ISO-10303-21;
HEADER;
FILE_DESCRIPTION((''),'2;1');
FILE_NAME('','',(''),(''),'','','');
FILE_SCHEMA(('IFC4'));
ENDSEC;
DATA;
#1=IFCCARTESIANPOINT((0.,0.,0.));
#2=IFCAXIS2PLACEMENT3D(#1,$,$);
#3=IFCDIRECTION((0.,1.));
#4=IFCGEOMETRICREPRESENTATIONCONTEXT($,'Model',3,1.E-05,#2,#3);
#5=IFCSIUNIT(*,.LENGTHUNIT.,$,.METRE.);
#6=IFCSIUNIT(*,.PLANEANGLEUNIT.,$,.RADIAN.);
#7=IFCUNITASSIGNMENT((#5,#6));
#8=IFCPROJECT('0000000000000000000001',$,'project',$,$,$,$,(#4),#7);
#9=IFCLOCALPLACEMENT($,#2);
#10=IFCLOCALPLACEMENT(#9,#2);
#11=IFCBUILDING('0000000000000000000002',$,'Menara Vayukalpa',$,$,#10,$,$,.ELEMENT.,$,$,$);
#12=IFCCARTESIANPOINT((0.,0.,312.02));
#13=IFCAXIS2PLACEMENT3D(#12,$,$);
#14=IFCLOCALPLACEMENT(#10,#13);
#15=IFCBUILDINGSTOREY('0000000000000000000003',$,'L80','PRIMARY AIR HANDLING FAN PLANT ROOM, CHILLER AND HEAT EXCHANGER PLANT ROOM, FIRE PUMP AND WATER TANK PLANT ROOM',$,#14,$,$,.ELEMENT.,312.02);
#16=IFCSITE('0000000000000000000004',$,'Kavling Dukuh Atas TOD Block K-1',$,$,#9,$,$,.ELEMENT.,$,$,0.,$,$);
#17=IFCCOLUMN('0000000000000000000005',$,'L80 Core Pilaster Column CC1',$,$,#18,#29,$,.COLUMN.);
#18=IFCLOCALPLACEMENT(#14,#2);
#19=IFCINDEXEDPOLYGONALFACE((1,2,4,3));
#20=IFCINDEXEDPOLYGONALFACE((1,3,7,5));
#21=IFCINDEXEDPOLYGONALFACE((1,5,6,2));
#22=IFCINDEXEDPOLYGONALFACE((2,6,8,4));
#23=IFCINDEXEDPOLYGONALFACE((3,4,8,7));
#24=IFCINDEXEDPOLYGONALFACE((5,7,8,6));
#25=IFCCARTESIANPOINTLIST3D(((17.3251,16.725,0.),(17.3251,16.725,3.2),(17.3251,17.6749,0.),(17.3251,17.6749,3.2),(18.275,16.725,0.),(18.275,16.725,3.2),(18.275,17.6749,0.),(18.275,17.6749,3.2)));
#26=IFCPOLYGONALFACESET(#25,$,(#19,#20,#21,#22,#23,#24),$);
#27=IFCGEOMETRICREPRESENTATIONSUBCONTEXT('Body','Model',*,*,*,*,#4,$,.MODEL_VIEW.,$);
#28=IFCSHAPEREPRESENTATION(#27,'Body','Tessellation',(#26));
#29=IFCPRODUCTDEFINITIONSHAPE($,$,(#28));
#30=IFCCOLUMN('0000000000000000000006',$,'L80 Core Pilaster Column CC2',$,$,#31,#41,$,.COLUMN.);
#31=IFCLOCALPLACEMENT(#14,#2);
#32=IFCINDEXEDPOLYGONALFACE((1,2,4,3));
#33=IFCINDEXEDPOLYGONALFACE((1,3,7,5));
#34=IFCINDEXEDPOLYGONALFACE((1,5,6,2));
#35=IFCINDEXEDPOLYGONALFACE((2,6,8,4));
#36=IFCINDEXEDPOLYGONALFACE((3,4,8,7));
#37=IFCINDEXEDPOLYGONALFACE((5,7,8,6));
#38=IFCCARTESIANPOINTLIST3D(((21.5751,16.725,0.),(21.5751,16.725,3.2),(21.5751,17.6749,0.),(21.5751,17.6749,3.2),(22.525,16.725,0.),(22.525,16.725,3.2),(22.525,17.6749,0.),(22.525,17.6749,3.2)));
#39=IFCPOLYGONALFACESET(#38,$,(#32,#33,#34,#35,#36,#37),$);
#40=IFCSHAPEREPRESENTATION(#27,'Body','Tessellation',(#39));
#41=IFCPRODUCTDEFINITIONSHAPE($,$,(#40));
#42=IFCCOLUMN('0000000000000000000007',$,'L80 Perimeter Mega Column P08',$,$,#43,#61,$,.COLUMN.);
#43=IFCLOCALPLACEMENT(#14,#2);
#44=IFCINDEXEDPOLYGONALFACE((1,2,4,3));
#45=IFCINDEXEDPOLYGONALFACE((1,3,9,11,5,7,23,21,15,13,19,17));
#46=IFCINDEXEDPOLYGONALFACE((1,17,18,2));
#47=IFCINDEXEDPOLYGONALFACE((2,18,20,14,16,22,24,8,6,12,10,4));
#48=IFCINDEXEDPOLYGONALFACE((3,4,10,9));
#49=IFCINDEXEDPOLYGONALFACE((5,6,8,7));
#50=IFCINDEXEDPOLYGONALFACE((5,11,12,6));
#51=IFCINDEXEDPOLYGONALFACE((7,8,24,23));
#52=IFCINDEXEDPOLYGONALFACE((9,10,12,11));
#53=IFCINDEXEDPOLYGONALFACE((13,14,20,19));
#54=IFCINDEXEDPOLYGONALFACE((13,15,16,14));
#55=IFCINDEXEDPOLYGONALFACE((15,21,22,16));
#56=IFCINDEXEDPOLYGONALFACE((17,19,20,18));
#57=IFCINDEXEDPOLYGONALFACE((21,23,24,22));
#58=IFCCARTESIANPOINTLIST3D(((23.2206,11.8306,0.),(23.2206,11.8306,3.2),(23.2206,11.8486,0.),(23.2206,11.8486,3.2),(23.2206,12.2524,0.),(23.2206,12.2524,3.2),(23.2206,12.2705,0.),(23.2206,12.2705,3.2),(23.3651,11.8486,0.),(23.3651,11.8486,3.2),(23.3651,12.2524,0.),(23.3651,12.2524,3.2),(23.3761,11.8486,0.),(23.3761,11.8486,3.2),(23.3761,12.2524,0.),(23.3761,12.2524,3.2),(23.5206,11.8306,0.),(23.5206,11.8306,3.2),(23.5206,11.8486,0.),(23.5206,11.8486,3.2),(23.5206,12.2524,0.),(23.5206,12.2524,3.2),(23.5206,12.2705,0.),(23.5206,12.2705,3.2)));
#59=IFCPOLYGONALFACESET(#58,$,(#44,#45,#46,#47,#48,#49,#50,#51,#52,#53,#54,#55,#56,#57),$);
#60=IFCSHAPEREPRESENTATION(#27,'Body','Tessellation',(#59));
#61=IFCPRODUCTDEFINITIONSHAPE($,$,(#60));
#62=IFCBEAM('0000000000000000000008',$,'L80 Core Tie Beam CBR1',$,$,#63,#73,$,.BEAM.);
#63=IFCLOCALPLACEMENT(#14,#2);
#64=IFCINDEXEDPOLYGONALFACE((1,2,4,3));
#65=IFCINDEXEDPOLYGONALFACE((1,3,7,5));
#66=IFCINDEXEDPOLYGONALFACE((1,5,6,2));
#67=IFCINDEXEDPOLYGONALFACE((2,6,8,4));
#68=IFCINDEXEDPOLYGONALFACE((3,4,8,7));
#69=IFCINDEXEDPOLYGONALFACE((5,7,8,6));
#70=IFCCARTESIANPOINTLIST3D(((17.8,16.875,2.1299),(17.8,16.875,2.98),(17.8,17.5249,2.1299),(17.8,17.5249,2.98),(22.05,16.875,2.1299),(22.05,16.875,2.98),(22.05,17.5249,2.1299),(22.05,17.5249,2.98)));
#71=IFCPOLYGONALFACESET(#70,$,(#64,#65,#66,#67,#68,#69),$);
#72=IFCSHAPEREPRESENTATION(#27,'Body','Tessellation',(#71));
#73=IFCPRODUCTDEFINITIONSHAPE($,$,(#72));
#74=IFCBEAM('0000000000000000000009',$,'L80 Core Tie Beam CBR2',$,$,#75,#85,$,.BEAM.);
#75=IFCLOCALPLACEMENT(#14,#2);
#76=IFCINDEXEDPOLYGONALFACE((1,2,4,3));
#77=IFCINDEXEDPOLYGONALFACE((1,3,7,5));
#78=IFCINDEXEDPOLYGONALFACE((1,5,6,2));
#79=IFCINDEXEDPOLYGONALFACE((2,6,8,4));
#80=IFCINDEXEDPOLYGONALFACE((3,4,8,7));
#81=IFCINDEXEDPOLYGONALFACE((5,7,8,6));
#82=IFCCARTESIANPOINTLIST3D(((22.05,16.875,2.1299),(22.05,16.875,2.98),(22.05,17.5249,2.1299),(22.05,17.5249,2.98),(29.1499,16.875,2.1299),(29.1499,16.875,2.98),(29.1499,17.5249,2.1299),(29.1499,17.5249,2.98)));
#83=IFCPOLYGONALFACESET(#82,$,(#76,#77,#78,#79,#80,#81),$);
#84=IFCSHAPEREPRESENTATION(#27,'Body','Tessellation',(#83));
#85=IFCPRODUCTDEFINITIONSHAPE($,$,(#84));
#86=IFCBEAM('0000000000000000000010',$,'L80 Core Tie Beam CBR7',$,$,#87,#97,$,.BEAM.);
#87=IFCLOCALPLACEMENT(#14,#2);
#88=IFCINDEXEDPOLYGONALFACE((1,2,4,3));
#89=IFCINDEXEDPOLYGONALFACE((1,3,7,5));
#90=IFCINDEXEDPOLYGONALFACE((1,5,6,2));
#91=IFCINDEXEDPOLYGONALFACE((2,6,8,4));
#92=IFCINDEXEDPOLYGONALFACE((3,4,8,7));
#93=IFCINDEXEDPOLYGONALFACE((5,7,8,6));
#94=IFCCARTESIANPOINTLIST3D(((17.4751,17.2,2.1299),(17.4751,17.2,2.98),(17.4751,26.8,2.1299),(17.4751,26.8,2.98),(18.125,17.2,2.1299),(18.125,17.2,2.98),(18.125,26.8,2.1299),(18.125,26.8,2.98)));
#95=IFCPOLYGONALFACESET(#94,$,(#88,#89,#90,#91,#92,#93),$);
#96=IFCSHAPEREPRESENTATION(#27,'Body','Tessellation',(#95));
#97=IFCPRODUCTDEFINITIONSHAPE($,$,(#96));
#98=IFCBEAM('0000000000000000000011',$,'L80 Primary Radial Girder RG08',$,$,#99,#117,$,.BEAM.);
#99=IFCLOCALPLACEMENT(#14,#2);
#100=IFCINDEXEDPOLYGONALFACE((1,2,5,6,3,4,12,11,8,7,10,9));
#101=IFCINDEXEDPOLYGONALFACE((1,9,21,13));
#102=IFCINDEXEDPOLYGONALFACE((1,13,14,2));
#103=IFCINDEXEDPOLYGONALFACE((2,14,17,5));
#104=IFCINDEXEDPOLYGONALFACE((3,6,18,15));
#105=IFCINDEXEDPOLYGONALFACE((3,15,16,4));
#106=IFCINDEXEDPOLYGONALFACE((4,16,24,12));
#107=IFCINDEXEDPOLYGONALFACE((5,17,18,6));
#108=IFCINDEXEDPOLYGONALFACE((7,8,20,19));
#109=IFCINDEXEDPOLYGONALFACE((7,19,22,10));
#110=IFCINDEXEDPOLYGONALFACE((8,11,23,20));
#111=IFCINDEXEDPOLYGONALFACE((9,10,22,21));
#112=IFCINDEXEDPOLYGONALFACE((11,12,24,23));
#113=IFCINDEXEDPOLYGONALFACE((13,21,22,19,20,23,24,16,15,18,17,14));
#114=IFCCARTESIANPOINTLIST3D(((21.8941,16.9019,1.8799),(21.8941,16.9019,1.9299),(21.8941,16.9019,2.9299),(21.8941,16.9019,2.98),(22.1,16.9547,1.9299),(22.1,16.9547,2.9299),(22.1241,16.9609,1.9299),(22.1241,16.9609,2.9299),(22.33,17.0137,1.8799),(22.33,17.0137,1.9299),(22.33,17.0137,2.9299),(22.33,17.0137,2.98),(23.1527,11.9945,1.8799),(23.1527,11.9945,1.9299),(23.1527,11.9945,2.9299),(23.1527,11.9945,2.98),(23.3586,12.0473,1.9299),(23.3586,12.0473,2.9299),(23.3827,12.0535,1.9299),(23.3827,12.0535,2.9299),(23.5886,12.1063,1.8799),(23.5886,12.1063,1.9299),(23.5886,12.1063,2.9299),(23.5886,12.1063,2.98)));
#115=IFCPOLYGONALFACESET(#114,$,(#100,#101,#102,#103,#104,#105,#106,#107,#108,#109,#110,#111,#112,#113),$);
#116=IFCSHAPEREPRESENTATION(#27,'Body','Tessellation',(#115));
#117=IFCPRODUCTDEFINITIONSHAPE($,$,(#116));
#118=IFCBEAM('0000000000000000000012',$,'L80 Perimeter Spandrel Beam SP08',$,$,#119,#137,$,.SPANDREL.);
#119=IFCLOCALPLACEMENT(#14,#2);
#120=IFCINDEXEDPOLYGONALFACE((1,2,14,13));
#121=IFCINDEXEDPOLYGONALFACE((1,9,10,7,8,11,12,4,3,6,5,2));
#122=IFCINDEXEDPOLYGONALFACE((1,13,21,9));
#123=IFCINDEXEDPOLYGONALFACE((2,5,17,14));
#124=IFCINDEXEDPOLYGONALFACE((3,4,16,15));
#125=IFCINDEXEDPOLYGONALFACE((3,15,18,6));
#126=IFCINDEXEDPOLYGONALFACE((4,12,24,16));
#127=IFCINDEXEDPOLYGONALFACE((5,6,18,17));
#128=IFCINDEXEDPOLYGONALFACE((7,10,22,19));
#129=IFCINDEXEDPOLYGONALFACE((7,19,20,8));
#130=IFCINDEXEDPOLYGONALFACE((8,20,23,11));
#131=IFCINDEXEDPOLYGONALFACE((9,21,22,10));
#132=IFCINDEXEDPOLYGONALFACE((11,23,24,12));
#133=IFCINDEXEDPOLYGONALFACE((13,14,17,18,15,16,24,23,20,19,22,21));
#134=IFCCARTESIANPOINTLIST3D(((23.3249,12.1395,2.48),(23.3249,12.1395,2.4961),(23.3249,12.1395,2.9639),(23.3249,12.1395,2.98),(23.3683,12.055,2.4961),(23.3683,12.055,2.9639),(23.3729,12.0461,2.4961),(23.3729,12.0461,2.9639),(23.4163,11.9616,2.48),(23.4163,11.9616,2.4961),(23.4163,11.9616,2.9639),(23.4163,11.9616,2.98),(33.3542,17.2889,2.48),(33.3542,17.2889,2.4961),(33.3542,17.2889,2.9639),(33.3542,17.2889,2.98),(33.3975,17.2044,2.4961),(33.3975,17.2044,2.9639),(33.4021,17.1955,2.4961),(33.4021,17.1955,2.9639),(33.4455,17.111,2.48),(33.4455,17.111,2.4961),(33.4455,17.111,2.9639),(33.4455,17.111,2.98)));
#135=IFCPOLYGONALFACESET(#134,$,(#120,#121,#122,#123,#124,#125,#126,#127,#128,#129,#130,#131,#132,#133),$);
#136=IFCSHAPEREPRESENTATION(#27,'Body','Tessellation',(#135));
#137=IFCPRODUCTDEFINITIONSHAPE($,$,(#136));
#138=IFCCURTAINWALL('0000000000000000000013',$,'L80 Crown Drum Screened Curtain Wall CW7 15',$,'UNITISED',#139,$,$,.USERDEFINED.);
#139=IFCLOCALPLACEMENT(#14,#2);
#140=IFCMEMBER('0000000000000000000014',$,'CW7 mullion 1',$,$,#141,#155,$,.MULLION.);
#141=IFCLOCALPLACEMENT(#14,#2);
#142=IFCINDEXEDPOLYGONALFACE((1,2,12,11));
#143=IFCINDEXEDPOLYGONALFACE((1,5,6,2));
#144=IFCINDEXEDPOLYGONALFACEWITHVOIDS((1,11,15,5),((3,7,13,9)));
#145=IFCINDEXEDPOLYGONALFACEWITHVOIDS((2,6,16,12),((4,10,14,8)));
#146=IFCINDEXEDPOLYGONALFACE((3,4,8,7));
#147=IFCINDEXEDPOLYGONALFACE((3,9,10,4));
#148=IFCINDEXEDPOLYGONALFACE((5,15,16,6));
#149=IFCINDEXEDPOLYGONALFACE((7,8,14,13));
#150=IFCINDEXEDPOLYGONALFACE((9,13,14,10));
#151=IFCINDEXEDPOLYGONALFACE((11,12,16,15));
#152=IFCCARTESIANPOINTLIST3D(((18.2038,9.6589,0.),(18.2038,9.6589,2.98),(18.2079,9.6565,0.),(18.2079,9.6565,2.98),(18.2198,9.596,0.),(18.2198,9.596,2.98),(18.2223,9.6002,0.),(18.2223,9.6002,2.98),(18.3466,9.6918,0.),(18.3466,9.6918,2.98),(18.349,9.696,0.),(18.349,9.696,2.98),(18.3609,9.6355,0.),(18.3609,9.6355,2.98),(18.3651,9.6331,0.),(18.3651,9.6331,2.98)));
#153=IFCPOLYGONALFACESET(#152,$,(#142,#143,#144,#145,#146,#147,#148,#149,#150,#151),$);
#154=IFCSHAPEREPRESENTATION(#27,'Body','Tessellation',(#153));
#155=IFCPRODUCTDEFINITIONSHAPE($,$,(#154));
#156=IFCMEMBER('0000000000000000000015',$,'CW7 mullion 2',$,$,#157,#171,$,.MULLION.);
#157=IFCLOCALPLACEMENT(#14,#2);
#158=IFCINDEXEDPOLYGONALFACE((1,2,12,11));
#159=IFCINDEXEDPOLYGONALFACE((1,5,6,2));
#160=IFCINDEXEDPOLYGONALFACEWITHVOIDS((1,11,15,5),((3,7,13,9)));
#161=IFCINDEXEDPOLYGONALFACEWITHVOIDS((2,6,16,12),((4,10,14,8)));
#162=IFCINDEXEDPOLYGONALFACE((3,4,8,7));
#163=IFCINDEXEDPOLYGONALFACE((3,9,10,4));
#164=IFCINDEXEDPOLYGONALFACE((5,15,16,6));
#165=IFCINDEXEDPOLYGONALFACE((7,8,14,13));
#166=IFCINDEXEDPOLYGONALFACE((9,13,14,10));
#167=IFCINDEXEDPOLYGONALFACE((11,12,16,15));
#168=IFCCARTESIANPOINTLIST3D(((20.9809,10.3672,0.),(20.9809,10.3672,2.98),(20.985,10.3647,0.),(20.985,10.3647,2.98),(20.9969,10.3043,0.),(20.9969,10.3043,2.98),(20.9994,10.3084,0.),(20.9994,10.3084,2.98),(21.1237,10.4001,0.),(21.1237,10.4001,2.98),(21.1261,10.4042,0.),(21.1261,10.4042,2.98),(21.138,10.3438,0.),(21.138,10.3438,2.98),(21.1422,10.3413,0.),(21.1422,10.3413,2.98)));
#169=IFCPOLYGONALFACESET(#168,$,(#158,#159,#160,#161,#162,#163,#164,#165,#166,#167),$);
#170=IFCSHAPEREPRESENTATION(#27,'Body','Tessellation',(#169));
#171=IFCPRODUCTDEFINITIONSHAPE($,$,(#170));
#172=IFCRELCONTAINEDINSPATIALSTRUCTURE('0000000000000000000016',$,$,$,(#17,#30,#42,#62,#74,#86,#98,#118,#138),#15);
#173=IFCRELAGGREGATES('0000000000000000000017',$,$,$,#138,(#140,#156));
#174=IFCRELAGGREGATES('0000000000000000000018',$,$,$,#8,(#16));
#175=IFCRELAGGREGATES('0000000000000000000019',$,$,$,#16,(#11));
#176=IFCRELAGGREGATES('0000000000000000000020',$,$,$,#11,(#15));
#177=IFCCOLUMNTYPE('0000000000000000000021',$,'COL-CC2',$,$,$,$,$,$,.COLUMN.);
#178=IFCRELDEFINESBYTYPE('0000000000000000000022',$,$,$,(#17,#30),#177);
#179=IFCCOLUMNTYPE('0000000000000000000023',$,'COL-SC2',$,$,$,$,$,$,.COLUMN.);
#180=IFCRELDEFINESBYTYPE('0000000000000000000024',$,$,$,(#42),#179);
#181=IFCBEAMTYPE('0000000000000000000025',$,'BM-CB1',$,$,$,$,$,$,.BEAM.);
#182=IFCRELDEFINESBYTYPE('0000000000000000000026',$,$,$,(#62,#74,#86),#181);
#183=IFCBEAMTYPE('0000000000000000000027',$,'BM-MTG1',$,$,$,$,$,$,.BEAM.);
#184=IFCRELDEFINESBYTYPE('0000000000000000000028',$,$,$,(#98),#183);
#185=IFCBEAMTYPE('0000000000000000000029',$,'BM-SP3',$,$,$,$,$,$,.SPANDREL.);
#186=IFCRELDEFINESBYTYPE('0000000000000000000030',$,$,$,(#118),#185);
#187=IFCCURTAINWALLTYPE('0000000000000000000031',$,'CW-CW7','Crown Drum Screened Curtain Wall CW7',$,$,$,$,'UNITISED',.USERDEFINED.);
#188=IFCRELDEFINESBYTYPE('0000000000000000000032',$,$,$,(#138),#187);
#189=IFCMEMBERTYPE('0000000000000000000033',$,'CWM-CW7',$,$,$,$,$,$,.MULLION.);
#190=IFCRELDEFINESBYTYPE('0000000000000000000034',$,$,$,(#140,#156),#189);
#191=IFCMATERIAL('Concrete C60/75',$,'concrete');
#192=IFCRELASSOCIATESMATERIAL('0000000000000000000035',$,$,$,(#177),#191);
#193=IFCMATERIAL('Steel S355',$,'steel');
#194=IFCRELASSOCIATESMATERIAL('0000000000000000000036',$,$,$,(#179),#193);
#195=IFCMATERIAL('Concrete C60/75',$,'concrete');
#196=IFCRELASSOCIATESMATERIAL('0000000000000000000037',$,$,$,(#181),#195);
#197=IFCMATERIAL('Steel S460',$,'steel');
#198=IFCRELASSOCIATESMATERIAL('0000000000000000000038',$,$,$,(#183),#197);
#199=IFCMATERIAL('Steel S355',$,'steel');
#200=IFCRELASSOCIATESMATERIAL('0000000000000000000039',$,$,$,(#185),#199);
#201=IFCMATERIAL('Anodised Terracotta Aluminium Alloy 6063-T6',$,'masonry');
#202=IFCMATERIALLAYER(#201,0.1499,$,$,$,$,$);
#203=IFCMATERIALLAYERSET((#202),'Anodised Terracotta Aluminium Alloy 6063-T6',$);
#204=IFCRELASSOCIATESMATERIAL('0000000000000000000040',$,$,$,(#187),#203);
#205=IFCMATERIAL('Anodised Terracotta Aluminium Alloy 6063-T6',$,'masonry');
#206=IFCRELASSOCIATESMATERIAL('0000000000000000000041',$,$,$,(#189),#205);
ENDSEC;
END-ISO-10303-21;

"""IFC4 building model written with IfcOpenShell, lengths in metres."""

from ifc_helpers import new_model, si_unit, direction, frame, origin, origin_2d, place, context, subcontext, project, spatial, rectangle, hollow_rectangle, i_section, extrude, material, layer, layer_set, material_profile, profile_set, type_object, element, aggregate, save


model = new_model("IFC4")

# Units and contexts
model_context = context("Model", 3, precision=1e-05, world=origin(), true_north=direction((0.0, 1.0)))
body_context = subcontext(model_context, "Body", "Model", "MODEL_VIEW")
ifc_project = project(units=[si_unit("LENGTHUNIT", "METRE"), si_unit("PLANEANGLEUNIT", "RADIAN")], contexts=[model_context])

# Site, building, storey
site_placement = place(None, origin())
site = spatial("IfcSite", under=ifc_project, at=site_placement, Name="Kavling Dukuh Atas TOD Block K-1", CompositionType="ELEMENT", RefElevation=0.0)
building_placement = place(site_placement, origin())
building = spatial("IfcBuilding", under=site, at=building_placement, Name="Menara Vayukalpa", CompositionType="ELEMENT")
storey_placement = place(building_placement, frame((0.0, 0.0, 312.02)))
storey = spatial("IfcBuildingStorey", under=building, at=storey_placement, Name="L80", Description="PRIMARY AIR HANDLING FAN PLANT ROOM, CHILLER AND HEAT EXCHANGER PLANT ROOM, FIRE PUMP AND WATER TANK PLANT ROOM", CompositionType="ELEMENT", Elevation=312.02)

# Columns
ifc_material_1 = material(Name="Concrete C60/75", Category="concrete")
ifc_material_profile_1 = material_profile(ifc_material_1, rectangle(XDim=0.95, YDim=0.95, at=origin_2d()), Name="RC 950x950")
ifc_profile_set_1 = profile_set([ifc_material_profile_1], Name="Concrete C60/75")
column_type_1 = type_object("IfcColumnType", Name="COL-CC2", PredefinedType="COLUMN", material=ifc_profile_set_1)
for number, where, z_axis, x_axis, name in (
    (1, (17.8, 17.2, 0.0), (0.0, 0.0, 1.0), (1.0, 0.0, 0.0), "L80 Core Pilaster Column CC1"),
    (2, (22.05, 17.2, 0.0), (0.0, 0.0, 1.0), (1.0, 0.0, 0.0), "L80 Core Pilaster Column CC2"),
):
    element("IfcColumn", number, at=place(storey_placement, frame(where, z_axis=z_axis, x_axis=x_axis)), inside=storey, type_object=column_type_1, Name=name, PredefinedType="COLUMN", context=body_context, shape_type="SweptSolid", body=[
        extrude(rectangle(XDim=0.95, YDim=0.95, at=origin_2d()), origin(), (0.0, 0.0, 1.0), 3.2),
    ])
ifc_material_2 = material(Name="Steel S355", Category="steel")
ifc_material_profile_2 = material_profile(ifc_material_2, i_section(OverallWidth=0.3, OverallDepth=0.4399, WebThickness=0.011, FlangeThickness=0.0181, at=origin_2d()), Name="H 440x300x11x18")
ifc_profile_set_2 = profile_set([ifc_material_profile_2], Name="Steel S355")
column_type_2 = type_object("IfcColumnType", Name="COL-SC2", PredefinedType="COLUMN", material=ifc_profile_set_2)
column_placement = place(storey_placement, frame((23.3706, 12.0505, 0.0), z_axis=(0.0, 0.0, 1.0), x_axis=(1.0, 0.0, 0.0)))
element("IfcColumn", 3, at=column_placement, inside=storey, type_object=column_type_2, Name="L80 Perimeter Mega Column P08", PredefinedType="COLUMN", context=body_context, shape_type="SweptSolid", body=[
    extrude(i_section(OverallWidth=0.3, OverallDepth=0.4399, WebThickness=0.011, FlangeThickness=0.0181, at=origin_2d()), origin(), (0.0, 0.0, 1.0), 3.2),
])

# Beams
ifc_material_3 = material(Name="Concrete C60/75", Category="concrete")
ifc_material_profile_3 = material_profile(ifc_material_3, rectangle(XDim=0.6499, YDim=0.8501, at=origin_2d()), Name="RC 650x850")
ifc_profile_set_3 = profile_set([ifc_material_profile_3], Name="Concrete C60/75")
beam_type_1 = type_object("IfcBeamType", Name="BM-CB1", PredefinedType="BEAM", material=ifc_profile_set_3)
beam_1_placement = place(storey_placement, frame((17.8, 17.2, 2.5549), z_axis=(1.0, 0.0, 0.0), x_axis=(0.0, 1.0, 0.0)))
element("IfcBeam", 4, at=beam_1_placement, inside=storey, type_object=beam_type_1, Name="L80 Core Tie Beam CBR1", PredefinedType="BEAM", context=body_context, shape_type="SweptSolid", body=[
    extrude(rectangle(XDim=0.6499, YDim=0.8501, at=origin_2d()), origin(), (0.0, 0.0, 1.0), 4.25),
])
beam_2_placement = place(storey_placement, frame((22.05, 17.2, 2.5549), z_axis=(1.0, 0.0, 0.0), x_axis=(0.0, 1.0, 0.0)))
element("IfcBeam", 5, at=beam_2_placement, inside=storey, type_object=beam_type_1, Name="L80 Core Tie Beam CBR2", PredefinedType="BEAM", context=body_context, shape_type="SweptSolid", body=[
    extrude(rectangle(XDim=0.6499, YDim=0.8501, at=origin_2d()), origin(), (0.0, 0.0, 1.0), 7.0999),
])
beam_3_placement = place(storey_placement, frame((17.8, 17.2, 2.5549), z_axis=(0.0, 1.0, 0.0), x_axis=(-1.0, 0.0, 0.0)))
element("IfcBeam", 6, at=beam_3_placement, inside=storey, type_object=beam_type_1, Name="L80 Core Tie Beam CBR7", PredefinedType="BEAM", context=body_context, shape_type="SweptSolid", body=[
    extrude(rectangle(XDim=0.6499, YDim=0.8501, at=origin_2d()), origin(), (0.0, 0.0, 1.0), 9.6001),
])
ifc_material_4 = material(Name="Steel S460", Category="steel")
ifc_material_profile_4 = material_profile(ifc_material_4, i_section(OverallWidth=0.45, OverallDepth=1.1001, WebThickness=0.0249, FlangeThickness=0.05, at=origin_2d()), Name="WG 1100x450x25x50")
ifc_profile_set_4 = profile_set([ifc_material_profile_4], Name="Steel S460")
beam_type_2 = type_object("IfcBeamType", Name="BM-MTG1", PredefinedType="BEAM", material=ifc_profile_set_4)
beam_4_placement = place(storey_placement, frame((22.1121, 16.9578, 2.4299), z_axis=(0.248428, -0.96865, 0.0), x_axis=(0.96865, 0.248428, 0.0)))
element("IfcBeam", 7, at=beam_4_placement, inside=storey, type_object=beam_type_2, Name="L80 Primary Radial Girder RG08", PredefinedType="BEAM", context=body_context, shape_type="SweptSolid", body=[
    extrude(i_section(OverallWidth=0.45, OverallDepth=1.1001, WebThickness=0.0249, FlangeThickness=0.05, at=origin_2d()), origin(), (0.0, 0.0, 1.0), 5.0662),
])
ifc_material_5 = material(Name="Steel S355", Category="steel")
ifc_material_profile_5 = material_profile(ifc_material_5, i_section(OverallWidth=0.2, OverallDepth=0.5, WebThickness=0.01, FlangeThickness=0.0161, at=origin_2d()), Name="WF 500x200x10x16")
ifc_profile_set_5 = profile_set([ifc_material_profile_5], Name="Steel S355")
beam_type_3 = type_object("IfcBeamType", Name="BM-SP3", PredefinedType="SPANDREL", material=ifc_profile_set_5)
beam_5_placement = place(storey_placement, frame((23.3706, 12.0505, 2.73), z_axis=(0.889595, 0.456751, 0.0), x_axis=(-0.456751, 0.889595, 0.0)))
element("IfcBeam", 8, at=beam_5_placement, inside=storey, type_object=beam_type_3, Name="L80 Perimeter Spandrel Beam SP08", PredefinedType="SPANDREL", context=body_context, shape_type="SweptSolid", body=[
    extrude(i_section(OverallWidth=0.2, OverallDepth=0.5, WebThickness=0.01, FlangeThickness=0.0161, at=origin_2d()), origin(), (0.0, 0.0, 1.0), 11.2739),
])

# Curtain wall, members
ifc_material_6 = material(Name="Anodised Terracotta Aluminium Alloy 6063-T6", Category="masonry")
ifc_layer_1 = layer(ifc_material_6, 0.1499)
ifc_layer_set_1 = layer_set([ifc_layer_1], Name="Anodised Terracotta Aluminium Alloy 6063-T6")
curtain_wall_type = type_object("IfcCurtainWallType", Name="CW-CW7", Description="Crown Drum Screened Curtain Wall CW7", ElementType="UNITISED", PredefinedType="USERDEFINED", material=ifc_layer_set_1)
curtain_wall_placement = place(storey_placement, origin())
curtain_wall = element("IfcCurtainWall", 9, at=curtain_wall_placement, inside=storey, type_object=curtain_wall_type, Name="L80 Crown Drum Screened Curtain Wall CW7 15", ObjectType="UNITISED", PredefinedType="USERDEFINED")
ifc_material_7 = material(Name="Anodised Terracotta Aluminium Alloy 6063-T6", Category="masonry")
ifc_material_profile_6 = material_profile(ifc_material_7, hollow_rectangle(XDim=0.0649, YDim=0.1499, WallThickness=0.0034, at=origin_2d()), Name="ALU 65x150x3.5")
ifc_profile_set_6 = profile_set([ifc_material_profile_6], Name="Anodised Terracotta Aluminium Alloy 6063-T6")
member_type_1 = type_object("IfcMemberType", Name="CWM-CW7", PredefinedType="MULLION", material=ifc_profile_set_6)
member_1_placement = place(storey_placement, frame((18.2844, 9.646, 0.0), z_axis=(0.0, 0.0, 1.0), x_axis=(-0.247124, 0.968984, 0.0)))
member_1 = element("IfcMember", 10, at=member_1_placement, type_object=member_type_1, Name="CW7 mullion 1", PredefinedType="MULLION", context=body_context, shape_type="SweptSolid", body=[
    extrude(hollow_rectangle(XDim=0.0649, YDim=0.1499, WallThickness=0.0034, at=origin_2d()), origin(), (0.0, 0.0, 1.0), 2.98),
])
member_2_placement = place(storey_placement, frame((21.0615, 10.3542, 0.0), z_axis=(0.0, 0.0, 1.0), x_axis=(-0.247124, 0.968984, 0.0)))
member_2 = element("IfcMember", 11, at=member_2_placement, type_object=member_type_1, Name="CW7 mullion 2", PredefinedType="MULLION", context=body_context, shape_type="SweptSolid", body=[
    extrude(hollow_rectangle(XDim=0.0649, YDim=0.1499, WallThickness=0.0034, at=origin_2d()), origin(), (0.0, 0.0, 1.0), 2.98),
])
aggregate(curtain_wall, [member_1, member_2])

save(model, "model.ifc")
